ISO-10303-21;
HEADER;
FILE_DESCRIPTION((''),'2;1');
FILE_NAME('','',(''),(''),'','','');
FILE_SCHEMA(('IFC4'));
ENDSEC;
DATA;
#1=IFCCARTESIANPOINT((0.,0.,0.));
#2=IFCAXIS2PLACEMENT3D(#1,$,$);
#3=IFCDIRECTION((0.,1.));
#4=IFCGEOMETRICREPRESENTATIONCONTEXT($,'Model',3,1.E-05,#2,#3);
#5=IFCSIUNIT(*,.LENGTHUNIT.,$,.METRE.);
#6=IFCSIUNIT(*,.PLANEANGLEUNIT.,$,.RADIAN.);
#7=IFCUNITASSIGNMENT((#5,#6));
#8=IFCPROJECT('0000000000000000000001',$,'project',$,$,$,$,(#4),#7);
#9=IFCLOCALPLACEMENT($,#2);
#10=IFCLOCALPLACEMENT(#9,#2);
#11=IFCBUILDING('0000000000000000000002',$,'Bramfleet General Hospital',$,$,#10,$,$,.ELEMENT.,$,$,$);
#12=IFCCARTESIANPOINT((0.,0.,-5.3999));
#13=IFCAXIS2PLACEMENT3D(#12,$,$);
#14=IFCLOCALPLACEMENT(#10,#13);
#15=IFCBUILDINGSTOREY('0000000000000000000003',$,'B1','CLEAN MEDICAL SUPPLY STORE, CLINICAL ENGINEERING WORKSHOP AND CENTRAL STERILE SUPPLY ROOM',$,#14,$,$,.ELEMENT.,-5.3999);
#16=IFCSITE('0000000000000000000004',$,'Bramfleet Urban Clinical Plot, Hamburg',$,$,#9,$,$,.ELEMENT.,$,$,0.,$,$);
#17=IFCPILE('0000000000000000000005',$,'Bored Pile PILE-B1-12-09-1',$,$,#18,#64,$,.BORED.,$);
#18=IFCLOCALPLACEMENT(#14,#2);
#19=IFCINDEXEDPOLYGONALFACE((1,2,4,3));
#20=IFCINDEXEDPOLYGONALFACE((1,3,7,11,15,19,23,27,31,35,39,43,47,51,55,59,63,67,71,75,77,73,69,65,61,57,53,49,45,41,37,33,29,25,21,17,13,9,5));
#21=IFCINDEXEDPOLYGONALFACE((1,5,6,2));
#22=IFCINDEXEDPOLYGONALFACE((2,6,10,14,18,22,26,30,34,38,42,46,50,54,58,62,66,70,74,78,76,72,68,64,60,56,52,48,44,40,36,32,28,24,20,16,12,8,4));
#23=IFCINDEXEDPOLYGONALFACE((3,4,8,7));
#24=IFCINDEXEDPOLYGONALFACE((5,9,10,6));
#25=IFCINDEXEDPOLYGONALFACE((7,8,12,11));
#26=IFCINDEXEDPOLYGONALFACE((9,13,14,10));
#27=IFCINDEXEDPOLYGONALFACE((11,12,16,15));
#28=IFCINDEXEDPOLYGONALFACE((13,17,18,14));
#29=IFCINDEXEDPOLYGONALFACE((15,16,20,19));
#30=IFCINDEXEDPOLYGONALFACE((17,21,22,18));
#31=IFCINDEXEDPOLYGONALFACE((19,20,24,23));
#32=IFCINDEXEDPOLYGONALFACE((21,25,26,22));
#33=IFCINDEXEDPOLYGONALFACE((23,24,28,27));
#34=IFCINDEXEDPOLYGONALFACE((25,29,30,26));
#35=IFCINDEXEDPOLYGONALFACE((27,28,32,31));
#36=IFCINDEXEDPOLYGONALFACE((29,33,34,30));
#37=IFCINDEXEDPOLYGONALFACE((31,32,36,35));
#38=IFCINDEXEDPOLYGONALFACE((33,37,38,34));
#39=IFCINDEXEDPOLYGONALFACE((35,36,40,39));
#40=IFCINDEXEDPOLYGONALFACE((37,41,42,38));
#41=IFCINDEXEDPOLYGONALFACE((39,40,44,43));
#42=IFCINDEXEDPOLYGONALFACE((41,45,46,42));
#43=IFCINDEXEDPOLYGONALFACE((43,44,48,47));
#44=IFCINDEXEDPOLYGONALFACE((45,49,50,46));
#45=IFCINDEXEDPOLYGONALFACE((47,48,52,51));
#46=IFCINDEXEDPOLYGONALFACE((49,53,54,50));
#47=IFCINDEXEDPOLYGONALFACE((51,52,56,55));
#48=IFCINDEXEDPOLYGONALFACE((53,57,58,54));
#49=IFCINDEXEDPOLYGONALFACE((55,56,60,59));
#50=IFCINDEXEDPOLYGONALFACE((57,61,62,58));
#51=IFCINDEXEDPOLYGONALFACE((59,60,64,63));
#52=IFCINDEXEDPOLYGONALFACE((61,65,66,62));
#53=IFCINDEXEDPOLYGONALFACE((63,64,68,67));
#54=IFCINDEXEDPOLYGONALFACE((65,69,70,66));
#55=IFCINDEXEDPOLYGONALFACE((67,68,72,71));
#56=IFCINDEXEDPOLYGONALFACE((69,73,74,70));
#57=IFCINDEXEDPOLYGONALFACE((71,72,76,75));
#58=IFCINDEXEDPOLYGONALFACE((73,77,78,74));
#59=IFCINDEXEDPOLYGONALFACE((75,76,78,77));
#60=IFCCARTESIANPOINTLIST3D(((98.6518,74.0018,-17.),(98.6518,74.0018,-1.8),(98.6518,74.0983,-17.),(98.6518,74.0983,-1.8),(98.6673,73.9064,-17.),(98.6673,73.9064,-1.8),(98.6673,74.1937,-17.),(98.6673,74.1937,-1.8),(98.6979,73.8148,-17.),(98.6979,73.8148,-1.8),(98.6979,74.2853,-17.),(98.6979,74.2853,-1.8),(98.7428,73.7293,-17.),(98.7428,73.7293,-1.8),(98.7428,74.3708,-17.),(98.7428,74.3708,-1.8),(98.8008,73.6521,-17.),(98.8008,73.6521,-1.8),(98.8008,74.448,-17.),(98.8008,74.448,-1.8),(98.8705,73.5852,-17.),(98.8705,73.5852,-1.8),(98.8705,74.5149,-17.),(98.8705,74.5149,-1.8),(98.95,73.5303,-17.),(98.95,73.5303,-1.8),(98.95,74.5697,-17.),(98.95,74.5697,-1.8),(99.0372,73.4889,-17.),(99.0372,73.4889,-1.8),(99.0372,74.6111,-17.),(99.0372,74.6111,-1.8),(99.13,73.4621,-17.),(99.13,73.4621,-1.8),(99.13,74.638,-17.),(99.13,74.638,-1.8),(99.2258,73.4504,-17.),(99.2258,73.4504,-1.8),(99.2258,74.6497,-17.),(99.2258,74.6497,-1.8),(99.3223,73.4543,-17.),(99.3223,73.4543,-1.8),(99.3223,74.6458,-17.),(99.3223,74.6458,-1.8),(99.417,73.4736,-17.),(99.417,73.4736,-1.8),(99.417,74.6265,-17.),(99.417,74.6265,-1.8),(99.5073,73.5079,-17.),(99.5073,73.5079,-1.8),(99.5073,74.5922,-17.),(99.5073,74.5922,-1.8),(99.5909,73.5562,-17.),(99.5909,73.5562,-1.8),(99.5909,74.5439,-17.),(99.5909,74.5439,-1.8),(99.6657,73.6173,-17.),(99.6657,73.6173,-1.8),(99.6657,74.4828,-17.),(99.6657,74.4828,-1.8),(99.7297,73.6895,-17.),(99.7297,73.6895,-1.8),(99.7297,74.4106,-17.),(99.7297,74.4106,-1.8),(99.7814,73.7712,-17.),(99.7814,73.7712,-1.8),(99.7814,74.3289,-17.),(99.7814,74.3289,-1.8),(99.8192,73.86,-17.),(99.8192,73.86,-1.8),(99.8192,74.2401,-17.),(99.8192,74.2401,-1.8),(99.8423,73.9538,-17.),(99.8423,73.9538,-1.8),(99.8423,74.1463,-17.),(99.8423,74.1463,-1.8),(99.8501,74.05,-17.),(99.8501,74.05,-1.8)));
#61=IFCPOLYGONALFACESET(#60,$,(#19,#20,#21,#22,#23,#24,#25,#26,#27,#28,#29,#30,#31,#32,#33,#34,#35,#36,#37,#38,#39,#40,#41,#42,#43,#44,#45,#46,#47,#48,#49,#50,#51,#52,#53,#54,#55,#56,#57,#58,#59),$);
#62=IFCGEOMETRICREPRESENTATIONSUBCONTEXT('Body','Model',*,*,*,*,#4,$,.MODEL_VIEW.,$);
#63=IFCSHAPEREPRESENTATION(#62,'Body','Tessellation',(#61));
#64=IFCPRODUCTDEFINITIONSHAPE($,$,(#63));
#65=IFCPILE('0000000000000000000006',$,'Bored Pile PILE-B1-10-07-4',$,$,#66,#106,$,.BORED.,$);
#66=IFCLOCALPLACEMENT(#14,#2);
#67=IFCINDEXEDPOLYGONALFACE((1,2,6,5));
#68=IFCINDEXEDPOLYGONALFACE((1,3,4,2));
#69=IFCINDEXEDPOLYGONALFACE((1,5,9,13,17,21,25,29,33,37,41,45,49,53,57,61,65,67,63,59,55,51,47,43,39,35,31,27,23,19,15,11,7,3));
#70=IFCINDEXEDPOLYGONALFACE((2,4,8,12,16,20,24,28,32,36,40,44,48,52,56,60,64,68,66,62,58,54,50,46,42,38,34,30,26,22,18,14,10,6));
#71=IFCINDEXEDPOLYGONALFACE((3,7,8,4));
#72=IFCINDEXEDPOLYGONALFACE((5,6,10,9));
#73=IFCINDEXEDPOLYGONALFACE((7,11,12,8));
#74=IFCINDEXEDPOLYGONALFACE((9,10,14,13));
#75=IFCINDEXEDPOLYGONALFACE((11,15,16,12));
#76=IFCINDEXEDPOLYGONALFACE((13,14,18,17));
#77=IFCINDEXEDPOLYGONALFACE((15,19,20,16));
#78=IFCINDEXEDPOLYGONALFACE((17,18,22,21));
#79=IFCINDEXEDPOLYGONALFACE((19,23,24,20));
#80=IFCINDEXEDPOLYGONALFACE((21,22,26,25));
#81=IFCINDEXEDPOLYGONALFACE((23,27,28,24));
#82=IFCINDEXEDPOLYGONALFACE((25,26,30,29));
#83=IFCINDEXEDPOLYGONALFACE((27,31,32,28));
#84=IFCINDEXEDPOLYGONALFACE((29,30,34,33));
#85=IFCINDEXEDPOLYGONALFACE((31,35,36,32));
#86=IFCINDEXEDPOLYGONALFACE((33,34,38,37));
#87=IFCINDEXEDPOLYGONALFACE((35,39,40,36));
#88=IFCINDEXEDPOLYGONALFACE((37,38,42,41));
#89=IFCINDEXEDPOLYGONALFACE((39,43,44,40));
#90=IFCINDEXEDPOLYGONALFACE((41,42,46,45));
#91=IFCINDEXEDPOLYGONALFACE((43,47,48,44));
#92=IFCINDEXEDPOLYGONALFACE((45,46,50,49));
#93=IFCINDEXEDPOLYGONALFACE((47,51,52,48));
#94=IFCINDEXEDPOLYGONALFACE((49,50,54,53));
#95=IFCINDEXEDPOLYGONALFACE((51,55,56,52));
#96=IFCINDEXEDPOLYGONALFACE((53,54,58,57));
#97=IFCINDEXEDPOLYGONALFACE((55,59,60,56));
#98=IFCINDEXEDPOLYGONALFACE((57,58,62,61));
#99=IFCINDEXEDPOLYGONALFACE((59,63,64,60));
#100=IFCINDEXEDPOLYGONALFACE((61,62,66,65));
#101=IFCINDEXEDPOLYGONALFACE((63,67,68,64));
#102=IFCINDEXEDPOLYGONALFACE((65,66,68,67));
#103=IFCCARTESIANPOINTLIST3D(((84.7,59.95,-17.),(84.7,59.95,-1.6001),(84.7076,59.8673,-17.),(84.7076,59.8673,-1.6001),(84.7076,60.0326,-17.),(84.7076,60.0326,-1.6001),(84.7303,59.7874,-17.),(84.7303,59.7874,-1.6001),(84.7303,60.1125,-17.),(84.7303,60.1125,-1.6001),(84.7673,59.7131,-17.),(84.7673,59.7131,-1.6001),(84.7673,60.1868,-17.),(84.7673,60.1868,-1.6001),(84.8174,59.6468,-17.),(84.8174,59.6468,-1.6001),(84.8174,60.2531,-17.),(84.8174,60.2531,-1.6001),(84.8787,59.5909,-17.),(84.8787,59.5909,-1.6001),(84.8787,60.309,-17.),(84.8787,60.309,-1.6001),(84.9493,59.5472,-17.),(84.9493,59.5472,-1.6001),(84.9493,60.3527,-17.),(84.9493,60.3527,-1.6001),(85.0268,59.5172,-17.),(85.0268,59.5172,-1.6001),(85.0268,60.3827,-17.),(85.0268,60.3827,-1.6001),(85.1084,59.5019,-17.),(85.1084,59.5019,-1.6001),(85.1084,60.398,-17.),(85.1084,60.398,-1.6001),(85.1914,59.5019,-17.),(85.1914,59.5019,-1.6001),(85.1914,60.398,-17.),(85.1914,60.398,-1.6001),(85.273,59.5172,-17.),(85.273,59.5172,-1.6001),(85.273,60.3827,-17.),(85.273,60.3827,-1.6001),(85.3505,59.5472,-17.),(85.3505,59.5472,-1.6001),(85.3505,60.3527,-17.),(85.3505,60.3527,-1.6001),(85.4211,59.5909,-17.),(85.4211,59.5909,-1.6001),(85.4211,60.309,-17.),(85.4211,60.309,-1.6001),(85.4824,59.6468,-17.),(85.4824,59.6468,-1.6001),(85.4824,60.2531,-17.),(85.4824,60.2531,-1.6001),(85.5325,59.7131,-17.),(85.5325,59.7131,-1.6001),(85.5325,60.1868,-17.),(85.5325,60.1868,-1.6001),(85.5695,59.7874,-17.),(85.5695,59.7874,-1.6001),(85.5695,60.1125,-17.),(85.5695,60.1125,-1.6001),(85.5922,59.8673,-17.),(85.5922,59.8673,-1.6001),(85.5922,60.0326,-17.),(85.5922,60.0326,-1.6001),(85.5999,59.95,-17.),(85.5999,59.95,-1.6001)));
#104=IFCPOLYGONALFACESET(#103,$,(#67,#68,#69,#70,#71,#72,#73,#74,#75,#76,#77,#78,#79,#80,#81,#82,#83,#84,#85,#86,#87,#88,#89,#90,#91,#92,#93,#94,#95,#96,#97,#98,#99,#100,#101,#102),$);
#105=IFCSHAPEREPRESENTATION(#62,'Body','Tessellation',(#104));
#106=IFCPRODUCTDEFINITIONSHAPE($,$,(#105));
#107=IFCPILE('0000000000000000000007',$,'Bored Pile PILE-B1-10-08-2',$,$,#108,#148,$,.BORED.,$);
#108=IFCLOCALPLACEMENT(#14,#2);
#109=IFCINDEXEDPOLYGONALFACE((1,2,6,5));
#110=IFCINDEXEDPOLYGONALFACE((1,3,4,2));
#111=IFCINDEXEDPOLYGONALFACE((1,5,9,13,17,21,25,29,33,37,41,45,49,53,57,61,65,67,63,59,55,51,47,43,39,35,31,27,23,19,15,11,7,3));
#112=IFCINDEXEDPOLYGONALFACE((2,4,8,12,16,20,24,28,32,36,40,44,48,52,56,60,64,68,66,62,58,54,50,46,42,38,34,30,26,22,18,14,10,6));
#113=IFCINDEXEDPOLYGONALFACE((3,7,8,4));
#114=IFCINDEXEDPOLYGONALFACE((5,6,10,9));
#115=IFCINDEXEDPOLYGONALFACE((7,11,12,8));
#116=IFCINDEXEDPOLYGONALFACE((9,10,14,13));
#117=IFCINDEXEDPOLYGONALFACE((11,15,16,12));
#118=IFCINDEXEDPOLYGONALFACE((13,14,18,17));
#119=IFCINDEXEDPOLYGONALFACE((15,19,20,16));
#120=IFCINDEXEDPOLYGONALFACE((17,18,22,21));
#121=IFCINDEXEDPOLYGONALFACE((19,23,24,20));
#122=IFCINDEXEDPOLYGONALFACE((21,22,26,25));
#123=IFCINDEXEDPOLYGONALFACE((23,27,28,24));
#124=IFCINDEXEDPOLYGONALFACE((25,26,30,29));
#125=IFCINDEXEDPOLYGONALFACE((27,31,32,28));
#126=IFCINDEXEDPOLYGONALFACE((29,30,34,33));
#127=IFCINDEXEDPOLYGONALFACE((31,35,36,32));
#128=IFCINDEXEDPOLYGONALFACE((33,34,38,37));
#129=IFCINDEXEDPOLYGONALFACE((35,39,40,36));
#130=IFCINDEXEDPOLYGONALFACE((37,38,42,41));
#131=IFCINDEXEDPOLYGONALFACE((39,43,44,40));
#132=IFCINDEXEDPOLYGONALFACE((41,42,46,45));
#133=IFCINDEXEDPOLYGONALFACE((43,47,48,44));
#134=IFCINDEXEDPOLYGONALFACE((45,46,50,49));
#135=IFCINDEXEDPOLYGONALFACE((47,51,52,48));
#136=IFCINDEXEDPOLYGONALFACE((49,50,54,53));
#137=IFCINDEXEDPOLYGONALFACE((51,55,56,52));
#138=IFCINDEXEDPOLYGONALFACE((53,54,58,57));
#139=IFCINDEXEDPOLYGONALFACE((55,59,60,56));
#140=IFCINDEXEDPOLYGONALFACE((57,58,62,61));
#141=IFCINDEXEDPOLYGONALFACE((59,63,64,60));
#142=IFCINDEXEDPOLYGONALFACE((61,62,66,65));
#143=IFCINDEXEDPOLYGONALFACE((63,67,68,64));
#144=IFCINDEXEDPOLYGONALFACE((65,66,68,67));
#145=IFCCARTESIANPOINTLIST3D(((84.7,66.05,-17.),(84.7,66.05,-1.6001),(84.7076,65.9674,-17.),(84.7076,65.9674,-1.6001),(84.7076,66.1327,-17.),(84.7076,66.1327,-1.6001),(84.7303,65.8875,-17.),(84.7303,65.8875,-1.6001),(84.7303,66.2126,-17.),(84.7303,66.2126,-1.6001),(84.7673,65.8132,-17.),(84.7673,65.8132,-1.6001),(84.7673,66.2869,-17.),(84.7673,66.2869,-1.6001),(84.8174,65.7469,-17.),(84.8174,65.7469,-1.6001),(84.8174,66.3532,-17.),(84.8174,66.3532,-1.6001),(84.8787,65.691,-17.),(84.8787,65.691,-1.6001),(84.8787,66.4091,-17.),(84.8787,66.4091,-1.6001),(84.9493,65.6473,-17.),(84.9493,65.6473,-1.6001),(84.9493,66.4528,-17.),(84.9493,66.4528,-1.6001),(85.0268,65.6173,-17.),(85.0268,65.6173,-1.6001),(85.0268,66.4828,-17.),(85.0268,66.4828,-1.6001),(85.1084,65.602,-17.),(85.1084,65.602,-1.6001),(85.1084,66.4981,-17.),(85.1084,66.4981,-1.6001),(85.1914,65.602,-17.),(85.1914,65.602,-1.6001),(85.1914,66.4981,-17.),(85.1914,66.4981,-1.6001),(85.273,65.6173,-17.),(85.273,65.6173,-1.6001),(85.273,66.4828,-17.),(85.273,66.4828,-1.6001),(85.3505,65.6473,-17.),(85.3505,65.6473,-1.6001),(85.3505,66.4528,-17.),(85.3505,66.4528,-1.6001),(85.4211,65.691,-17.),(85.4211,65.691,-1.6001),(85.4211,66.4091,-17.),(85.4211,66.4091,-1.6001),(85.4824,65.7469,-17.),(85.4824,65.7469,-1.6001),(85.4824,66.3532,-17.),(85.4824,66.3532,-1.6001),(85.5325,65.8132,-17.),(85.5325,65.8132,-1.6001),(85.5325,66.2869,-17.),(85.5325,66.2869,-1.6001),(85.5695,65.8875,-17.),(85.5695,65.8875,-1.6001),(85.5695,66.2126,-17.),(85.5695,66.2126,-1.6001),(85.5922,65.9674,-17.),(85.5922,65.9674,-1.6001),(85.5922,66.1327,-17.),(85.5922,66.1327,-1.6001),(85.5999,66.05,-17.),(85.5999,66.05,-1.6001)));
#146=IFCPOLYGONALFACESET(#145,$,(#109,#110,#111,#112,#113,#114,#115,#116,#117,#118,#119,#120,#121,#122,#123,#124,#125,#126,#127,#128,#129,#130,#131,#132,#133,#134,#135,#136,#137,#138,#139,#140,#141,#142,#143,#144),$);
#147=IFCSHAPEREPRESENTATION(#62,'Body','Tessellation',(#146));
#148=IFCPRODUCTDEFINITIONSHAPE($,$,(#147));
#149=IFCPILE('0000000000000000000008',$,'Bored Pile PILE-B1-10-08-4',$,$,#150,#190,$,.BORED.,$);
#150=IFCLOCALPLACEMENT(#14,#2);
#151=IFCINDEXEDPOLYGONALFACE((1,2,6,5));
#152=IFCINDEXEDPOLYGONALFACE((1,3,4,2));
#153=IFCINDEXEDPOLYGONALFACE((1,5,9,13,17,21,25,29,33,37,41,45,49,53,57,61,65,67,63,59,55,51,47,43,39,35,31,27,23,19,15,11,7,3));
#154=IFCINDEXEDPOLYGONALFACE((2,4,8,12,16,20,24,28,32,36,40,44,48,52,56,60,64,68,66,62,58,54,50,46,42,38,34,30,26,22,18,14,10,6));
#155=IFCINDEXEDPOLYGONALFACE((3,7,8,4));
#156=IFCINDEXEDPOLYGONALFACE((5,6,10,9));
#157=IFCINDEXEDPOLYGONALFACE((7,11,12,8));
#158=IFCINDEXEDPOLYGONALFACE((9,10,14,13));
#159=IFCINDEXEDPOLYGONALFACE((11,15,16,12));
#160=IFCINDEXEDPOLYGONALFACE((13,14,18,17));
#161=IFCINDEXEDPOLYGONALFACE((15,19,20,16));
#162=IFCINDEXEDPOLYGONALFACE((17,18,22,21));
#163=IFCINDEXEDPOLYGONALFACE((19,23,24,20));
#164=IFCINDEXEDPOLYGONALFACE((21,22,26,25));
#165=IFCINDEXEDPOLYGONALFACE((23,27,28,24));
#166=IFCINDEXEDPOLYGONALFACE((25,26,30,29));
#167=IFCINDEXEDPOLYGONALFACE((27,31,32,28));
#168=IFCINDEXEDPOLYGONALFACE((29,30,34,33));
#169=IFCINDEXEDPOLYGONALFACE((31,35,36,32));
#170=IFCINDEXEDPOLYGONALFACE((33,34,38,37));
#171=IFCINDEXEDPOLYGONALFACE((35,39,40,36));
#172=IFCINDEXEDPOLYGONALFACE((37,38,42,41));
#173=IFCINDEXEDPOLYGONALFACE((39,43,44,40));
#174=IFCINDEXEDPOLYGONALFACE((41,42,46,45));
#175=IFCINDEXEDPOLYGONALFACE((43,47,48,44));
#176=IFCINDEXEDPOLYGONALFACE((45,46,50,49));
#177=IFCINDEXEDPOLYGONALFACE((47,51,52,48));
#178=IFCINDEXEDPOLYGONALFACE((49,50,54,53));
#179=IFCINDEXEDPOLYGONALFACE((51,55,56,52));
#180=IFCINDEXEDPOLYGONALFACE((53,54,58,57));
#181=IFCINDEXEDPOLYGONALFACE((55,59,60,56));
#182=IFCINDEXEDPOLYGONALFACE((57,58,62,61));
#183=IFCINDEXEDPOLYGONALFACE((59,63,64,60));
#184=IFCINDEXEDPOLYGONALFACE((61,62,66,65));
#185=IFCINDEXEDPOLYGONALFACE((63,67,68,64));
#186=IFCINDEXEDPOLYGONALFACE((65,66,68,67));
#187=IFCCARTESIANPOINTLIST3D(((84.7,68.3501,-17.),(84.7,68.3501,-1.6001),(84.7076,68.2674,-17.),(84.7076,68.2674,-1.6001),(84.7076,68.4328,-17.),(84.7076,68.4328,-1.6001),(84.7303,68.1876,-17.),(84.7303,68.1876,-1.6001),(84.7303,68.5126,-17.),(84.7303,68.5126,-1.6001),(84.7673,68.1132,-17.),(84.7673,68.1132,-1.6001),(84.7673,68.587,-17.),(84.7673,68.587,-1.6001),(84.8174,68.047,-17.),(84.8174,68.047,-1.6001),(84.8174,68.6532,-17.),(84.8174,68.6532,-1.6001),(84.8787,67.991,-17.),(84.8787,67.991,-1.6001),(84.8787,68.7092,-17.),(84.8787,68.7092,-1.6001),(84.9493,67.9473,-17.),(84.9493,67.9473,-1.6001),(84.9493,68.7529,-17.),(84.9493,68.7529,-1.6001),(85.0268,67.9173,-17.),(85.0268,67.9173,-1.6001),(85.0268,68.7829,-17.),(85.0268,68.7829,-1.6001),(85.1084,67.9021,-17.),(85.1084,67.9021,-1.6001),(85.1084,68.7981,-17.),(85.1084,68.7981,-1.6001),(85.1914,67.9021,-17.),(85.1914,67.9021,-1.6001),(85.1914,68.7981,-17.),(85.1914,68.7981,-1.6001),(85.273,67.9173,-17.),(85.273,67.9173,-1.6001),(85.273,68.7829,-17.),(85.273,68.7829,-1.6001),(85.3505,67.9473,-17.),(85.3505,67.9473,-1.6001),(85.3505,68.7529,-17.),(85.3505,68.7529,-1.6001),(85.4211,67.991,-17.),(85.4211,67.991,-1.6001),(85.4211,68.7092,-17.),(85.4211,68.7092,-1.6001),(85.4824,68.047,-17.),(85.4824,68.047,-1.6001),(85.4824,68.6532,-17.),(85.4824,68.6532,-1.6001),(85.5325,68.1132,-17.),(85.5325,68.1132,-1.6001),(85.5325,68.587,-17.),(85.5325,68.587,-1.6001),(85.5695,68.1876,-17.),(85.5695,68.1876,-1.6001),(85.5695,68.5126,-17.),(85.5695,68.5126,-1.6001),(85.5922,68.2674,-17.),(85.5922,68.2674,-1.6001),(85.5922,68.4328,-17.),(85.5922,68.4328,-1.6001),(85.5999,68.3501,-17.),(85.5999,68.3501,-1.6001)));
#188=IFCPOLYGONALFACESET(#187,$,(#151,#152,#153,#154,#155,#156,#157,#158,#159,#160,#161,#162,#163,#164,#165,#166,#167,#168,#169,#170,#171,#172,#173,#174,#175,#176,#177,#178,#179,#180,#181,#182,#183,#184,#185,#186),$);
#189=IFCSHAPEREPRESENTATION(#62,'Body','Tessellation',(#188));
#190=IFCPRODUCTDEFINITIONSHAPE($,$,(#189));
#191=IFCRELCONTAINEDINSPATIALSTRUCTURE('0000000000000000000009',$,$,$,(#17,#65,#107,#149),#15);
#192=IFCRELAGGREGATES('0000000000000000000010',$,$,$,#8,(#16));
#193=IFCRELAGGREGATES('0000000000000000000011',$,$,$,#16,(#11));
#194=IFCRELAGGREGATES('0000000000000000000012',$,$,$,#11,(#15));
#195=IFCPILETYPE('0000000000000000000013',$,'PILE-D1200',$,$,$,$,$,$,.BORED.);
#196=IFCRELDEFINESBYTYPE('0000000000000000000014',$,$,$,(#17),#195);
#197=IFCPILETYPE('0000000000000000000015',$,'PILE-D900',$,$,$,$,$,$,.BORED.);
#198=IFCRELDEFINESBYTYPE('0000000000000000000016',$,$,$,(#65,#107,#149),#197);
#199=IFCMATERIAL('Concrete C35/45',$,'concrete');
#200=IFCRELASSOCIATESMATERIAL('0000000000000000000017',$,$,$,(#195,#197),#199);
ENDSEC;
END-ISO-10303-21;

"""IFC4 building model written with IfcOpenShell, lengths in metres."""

from ifc_helpers import new_model, si_unit, direction, frame, origin, origin_2d, place, context, subcontext, project, spatial, circle, extrude, material, material_profile, profile_set, type_object, element, save


model = new_model("IFC4")

# Units and contexts
model_context = context("Model", 3, precision=1e-05, world=origin(), true_north=direction((0.0, 1.0)))
body_context = subcontext(model_context, "Body", "Model", "MODEL_VIEW")
ifc_project = project(units=[si_unit("LENGTHUNIT", "METRE"), si_unit("PLANEANGLEUNIT", "RADIAN")], contexts=[model_context])

# Site, building, storey
site_placement = place(None, origin())
site = spatial("IfcSite", under=ifc_project, at=site_placement, Name="Bramfleet Urban Clinical Plot, Hamburg", CompositionType="ELEMENT", RefElevation=0.0)
building_placement = place(site_placement, origin())
building = spatial("IfcBuilding", under=site, at=building_placement, Name="Bramfleet General Hospital", CompositionType="ELEMENT")
storey_placement = place(building_placement, frame((0.0, 0.0, -5.3999)))
storey = spatial("IfcBuildingStorey", under=building, at=storey_placement, Name="B1", Description="CLEAN MEDICAL SUPPLY STORE, CLINICAL ENGINEERING WORKSHOP AND CENTRAL STERILE SUPPLY ROOM", CompositionType="ELEMENT", Elevation=-5.3999)

# Shared definitions
ifc_material_1 = material(Name="Concrete C35/45", Category="concrete")

# Piles
ifc_material_profile_1 = material_profile(ifc_material_1, circle(Radius=0.6001, at=origin_2d()), Name="PILE BORED D1200")
ifc_profile_set_1 = profile_set([ifc_material_profile_1], Name="Concrete C35/45")
pile_type_1 = type_object("IfcPileType", Name="PILE-D1200", PredefinedType="BORED", material=ifc_profile_set_1)
for number, where, z_axis, x_axis, name in (
    (1, (99.25, 74.05, -1.8), (0.0, 0.0, -1.0), (1.0, 0.0, 0.0), "Bored Pile PILE-B1-12-09-1"),
):
    element("IfcPile", number, at=place(storey_placement, frame(where, z_axis=z_axis, x_axis=x_axis)), inside=storey, type_object=pile_type_1, Name=name, PredefinedType="BORED", context=body_context, shape_type="SweptSolid", body=[
        extrude(circle(Radius=0.6001, at=origin_2d()), origin(), (0.0, 0.0, 1.0), 15.2),
    ])
ifc_material_profile_2 = material_profile(ifc_material_1, circle(Radius=0.45, at=origin_2d()), Name="PILE BORED D900")
ifc_profile_set_2 = profile_set([ifc_material_profile_2], Name="Concrete C35/45")
pile_type_2 = type_object("IfcPileType", Name="PILE-D900", PredefinedType="BORED", material=ifc_profile_set_2)
for number, where, z_axis, x_axis, name in (
    (2, (85.1499, 59.95, -1.6001), (0.0, 0.0, -1.0), (1.0, 0.0, 0.0), "Bored Pile PILE-B1-10-07-4"),
    (3, (85.1499, 66.05, -1.6001), (0.0, 0.0, -1.0), (1.0, 0.0, 0.0), "Bored Pile PILE-B1-10-08-2"),
    (4, (85.1499, 68.3501, -1.6001), (0.0, 0.0, -1.0), (1.0, 0.0, 0.0), "Bored Pile PILE-B1-10-08-4"),
):
    element("IfcPile", number, at=place(storey_placement, frame(where, z_axis=z_axis, x_axis=x_axis)), inside=storey, type_object=pile_type_2, Name=name, PredefinedType="BORED", context=body_context, shape_type="SweptSolid", body=[
        extrude(circle(Radius=0.45, at=origin_2d()), origin(), (0.0, 0.0, 1.0), 15.3999),
    ])

save(model, "model.ifc")
